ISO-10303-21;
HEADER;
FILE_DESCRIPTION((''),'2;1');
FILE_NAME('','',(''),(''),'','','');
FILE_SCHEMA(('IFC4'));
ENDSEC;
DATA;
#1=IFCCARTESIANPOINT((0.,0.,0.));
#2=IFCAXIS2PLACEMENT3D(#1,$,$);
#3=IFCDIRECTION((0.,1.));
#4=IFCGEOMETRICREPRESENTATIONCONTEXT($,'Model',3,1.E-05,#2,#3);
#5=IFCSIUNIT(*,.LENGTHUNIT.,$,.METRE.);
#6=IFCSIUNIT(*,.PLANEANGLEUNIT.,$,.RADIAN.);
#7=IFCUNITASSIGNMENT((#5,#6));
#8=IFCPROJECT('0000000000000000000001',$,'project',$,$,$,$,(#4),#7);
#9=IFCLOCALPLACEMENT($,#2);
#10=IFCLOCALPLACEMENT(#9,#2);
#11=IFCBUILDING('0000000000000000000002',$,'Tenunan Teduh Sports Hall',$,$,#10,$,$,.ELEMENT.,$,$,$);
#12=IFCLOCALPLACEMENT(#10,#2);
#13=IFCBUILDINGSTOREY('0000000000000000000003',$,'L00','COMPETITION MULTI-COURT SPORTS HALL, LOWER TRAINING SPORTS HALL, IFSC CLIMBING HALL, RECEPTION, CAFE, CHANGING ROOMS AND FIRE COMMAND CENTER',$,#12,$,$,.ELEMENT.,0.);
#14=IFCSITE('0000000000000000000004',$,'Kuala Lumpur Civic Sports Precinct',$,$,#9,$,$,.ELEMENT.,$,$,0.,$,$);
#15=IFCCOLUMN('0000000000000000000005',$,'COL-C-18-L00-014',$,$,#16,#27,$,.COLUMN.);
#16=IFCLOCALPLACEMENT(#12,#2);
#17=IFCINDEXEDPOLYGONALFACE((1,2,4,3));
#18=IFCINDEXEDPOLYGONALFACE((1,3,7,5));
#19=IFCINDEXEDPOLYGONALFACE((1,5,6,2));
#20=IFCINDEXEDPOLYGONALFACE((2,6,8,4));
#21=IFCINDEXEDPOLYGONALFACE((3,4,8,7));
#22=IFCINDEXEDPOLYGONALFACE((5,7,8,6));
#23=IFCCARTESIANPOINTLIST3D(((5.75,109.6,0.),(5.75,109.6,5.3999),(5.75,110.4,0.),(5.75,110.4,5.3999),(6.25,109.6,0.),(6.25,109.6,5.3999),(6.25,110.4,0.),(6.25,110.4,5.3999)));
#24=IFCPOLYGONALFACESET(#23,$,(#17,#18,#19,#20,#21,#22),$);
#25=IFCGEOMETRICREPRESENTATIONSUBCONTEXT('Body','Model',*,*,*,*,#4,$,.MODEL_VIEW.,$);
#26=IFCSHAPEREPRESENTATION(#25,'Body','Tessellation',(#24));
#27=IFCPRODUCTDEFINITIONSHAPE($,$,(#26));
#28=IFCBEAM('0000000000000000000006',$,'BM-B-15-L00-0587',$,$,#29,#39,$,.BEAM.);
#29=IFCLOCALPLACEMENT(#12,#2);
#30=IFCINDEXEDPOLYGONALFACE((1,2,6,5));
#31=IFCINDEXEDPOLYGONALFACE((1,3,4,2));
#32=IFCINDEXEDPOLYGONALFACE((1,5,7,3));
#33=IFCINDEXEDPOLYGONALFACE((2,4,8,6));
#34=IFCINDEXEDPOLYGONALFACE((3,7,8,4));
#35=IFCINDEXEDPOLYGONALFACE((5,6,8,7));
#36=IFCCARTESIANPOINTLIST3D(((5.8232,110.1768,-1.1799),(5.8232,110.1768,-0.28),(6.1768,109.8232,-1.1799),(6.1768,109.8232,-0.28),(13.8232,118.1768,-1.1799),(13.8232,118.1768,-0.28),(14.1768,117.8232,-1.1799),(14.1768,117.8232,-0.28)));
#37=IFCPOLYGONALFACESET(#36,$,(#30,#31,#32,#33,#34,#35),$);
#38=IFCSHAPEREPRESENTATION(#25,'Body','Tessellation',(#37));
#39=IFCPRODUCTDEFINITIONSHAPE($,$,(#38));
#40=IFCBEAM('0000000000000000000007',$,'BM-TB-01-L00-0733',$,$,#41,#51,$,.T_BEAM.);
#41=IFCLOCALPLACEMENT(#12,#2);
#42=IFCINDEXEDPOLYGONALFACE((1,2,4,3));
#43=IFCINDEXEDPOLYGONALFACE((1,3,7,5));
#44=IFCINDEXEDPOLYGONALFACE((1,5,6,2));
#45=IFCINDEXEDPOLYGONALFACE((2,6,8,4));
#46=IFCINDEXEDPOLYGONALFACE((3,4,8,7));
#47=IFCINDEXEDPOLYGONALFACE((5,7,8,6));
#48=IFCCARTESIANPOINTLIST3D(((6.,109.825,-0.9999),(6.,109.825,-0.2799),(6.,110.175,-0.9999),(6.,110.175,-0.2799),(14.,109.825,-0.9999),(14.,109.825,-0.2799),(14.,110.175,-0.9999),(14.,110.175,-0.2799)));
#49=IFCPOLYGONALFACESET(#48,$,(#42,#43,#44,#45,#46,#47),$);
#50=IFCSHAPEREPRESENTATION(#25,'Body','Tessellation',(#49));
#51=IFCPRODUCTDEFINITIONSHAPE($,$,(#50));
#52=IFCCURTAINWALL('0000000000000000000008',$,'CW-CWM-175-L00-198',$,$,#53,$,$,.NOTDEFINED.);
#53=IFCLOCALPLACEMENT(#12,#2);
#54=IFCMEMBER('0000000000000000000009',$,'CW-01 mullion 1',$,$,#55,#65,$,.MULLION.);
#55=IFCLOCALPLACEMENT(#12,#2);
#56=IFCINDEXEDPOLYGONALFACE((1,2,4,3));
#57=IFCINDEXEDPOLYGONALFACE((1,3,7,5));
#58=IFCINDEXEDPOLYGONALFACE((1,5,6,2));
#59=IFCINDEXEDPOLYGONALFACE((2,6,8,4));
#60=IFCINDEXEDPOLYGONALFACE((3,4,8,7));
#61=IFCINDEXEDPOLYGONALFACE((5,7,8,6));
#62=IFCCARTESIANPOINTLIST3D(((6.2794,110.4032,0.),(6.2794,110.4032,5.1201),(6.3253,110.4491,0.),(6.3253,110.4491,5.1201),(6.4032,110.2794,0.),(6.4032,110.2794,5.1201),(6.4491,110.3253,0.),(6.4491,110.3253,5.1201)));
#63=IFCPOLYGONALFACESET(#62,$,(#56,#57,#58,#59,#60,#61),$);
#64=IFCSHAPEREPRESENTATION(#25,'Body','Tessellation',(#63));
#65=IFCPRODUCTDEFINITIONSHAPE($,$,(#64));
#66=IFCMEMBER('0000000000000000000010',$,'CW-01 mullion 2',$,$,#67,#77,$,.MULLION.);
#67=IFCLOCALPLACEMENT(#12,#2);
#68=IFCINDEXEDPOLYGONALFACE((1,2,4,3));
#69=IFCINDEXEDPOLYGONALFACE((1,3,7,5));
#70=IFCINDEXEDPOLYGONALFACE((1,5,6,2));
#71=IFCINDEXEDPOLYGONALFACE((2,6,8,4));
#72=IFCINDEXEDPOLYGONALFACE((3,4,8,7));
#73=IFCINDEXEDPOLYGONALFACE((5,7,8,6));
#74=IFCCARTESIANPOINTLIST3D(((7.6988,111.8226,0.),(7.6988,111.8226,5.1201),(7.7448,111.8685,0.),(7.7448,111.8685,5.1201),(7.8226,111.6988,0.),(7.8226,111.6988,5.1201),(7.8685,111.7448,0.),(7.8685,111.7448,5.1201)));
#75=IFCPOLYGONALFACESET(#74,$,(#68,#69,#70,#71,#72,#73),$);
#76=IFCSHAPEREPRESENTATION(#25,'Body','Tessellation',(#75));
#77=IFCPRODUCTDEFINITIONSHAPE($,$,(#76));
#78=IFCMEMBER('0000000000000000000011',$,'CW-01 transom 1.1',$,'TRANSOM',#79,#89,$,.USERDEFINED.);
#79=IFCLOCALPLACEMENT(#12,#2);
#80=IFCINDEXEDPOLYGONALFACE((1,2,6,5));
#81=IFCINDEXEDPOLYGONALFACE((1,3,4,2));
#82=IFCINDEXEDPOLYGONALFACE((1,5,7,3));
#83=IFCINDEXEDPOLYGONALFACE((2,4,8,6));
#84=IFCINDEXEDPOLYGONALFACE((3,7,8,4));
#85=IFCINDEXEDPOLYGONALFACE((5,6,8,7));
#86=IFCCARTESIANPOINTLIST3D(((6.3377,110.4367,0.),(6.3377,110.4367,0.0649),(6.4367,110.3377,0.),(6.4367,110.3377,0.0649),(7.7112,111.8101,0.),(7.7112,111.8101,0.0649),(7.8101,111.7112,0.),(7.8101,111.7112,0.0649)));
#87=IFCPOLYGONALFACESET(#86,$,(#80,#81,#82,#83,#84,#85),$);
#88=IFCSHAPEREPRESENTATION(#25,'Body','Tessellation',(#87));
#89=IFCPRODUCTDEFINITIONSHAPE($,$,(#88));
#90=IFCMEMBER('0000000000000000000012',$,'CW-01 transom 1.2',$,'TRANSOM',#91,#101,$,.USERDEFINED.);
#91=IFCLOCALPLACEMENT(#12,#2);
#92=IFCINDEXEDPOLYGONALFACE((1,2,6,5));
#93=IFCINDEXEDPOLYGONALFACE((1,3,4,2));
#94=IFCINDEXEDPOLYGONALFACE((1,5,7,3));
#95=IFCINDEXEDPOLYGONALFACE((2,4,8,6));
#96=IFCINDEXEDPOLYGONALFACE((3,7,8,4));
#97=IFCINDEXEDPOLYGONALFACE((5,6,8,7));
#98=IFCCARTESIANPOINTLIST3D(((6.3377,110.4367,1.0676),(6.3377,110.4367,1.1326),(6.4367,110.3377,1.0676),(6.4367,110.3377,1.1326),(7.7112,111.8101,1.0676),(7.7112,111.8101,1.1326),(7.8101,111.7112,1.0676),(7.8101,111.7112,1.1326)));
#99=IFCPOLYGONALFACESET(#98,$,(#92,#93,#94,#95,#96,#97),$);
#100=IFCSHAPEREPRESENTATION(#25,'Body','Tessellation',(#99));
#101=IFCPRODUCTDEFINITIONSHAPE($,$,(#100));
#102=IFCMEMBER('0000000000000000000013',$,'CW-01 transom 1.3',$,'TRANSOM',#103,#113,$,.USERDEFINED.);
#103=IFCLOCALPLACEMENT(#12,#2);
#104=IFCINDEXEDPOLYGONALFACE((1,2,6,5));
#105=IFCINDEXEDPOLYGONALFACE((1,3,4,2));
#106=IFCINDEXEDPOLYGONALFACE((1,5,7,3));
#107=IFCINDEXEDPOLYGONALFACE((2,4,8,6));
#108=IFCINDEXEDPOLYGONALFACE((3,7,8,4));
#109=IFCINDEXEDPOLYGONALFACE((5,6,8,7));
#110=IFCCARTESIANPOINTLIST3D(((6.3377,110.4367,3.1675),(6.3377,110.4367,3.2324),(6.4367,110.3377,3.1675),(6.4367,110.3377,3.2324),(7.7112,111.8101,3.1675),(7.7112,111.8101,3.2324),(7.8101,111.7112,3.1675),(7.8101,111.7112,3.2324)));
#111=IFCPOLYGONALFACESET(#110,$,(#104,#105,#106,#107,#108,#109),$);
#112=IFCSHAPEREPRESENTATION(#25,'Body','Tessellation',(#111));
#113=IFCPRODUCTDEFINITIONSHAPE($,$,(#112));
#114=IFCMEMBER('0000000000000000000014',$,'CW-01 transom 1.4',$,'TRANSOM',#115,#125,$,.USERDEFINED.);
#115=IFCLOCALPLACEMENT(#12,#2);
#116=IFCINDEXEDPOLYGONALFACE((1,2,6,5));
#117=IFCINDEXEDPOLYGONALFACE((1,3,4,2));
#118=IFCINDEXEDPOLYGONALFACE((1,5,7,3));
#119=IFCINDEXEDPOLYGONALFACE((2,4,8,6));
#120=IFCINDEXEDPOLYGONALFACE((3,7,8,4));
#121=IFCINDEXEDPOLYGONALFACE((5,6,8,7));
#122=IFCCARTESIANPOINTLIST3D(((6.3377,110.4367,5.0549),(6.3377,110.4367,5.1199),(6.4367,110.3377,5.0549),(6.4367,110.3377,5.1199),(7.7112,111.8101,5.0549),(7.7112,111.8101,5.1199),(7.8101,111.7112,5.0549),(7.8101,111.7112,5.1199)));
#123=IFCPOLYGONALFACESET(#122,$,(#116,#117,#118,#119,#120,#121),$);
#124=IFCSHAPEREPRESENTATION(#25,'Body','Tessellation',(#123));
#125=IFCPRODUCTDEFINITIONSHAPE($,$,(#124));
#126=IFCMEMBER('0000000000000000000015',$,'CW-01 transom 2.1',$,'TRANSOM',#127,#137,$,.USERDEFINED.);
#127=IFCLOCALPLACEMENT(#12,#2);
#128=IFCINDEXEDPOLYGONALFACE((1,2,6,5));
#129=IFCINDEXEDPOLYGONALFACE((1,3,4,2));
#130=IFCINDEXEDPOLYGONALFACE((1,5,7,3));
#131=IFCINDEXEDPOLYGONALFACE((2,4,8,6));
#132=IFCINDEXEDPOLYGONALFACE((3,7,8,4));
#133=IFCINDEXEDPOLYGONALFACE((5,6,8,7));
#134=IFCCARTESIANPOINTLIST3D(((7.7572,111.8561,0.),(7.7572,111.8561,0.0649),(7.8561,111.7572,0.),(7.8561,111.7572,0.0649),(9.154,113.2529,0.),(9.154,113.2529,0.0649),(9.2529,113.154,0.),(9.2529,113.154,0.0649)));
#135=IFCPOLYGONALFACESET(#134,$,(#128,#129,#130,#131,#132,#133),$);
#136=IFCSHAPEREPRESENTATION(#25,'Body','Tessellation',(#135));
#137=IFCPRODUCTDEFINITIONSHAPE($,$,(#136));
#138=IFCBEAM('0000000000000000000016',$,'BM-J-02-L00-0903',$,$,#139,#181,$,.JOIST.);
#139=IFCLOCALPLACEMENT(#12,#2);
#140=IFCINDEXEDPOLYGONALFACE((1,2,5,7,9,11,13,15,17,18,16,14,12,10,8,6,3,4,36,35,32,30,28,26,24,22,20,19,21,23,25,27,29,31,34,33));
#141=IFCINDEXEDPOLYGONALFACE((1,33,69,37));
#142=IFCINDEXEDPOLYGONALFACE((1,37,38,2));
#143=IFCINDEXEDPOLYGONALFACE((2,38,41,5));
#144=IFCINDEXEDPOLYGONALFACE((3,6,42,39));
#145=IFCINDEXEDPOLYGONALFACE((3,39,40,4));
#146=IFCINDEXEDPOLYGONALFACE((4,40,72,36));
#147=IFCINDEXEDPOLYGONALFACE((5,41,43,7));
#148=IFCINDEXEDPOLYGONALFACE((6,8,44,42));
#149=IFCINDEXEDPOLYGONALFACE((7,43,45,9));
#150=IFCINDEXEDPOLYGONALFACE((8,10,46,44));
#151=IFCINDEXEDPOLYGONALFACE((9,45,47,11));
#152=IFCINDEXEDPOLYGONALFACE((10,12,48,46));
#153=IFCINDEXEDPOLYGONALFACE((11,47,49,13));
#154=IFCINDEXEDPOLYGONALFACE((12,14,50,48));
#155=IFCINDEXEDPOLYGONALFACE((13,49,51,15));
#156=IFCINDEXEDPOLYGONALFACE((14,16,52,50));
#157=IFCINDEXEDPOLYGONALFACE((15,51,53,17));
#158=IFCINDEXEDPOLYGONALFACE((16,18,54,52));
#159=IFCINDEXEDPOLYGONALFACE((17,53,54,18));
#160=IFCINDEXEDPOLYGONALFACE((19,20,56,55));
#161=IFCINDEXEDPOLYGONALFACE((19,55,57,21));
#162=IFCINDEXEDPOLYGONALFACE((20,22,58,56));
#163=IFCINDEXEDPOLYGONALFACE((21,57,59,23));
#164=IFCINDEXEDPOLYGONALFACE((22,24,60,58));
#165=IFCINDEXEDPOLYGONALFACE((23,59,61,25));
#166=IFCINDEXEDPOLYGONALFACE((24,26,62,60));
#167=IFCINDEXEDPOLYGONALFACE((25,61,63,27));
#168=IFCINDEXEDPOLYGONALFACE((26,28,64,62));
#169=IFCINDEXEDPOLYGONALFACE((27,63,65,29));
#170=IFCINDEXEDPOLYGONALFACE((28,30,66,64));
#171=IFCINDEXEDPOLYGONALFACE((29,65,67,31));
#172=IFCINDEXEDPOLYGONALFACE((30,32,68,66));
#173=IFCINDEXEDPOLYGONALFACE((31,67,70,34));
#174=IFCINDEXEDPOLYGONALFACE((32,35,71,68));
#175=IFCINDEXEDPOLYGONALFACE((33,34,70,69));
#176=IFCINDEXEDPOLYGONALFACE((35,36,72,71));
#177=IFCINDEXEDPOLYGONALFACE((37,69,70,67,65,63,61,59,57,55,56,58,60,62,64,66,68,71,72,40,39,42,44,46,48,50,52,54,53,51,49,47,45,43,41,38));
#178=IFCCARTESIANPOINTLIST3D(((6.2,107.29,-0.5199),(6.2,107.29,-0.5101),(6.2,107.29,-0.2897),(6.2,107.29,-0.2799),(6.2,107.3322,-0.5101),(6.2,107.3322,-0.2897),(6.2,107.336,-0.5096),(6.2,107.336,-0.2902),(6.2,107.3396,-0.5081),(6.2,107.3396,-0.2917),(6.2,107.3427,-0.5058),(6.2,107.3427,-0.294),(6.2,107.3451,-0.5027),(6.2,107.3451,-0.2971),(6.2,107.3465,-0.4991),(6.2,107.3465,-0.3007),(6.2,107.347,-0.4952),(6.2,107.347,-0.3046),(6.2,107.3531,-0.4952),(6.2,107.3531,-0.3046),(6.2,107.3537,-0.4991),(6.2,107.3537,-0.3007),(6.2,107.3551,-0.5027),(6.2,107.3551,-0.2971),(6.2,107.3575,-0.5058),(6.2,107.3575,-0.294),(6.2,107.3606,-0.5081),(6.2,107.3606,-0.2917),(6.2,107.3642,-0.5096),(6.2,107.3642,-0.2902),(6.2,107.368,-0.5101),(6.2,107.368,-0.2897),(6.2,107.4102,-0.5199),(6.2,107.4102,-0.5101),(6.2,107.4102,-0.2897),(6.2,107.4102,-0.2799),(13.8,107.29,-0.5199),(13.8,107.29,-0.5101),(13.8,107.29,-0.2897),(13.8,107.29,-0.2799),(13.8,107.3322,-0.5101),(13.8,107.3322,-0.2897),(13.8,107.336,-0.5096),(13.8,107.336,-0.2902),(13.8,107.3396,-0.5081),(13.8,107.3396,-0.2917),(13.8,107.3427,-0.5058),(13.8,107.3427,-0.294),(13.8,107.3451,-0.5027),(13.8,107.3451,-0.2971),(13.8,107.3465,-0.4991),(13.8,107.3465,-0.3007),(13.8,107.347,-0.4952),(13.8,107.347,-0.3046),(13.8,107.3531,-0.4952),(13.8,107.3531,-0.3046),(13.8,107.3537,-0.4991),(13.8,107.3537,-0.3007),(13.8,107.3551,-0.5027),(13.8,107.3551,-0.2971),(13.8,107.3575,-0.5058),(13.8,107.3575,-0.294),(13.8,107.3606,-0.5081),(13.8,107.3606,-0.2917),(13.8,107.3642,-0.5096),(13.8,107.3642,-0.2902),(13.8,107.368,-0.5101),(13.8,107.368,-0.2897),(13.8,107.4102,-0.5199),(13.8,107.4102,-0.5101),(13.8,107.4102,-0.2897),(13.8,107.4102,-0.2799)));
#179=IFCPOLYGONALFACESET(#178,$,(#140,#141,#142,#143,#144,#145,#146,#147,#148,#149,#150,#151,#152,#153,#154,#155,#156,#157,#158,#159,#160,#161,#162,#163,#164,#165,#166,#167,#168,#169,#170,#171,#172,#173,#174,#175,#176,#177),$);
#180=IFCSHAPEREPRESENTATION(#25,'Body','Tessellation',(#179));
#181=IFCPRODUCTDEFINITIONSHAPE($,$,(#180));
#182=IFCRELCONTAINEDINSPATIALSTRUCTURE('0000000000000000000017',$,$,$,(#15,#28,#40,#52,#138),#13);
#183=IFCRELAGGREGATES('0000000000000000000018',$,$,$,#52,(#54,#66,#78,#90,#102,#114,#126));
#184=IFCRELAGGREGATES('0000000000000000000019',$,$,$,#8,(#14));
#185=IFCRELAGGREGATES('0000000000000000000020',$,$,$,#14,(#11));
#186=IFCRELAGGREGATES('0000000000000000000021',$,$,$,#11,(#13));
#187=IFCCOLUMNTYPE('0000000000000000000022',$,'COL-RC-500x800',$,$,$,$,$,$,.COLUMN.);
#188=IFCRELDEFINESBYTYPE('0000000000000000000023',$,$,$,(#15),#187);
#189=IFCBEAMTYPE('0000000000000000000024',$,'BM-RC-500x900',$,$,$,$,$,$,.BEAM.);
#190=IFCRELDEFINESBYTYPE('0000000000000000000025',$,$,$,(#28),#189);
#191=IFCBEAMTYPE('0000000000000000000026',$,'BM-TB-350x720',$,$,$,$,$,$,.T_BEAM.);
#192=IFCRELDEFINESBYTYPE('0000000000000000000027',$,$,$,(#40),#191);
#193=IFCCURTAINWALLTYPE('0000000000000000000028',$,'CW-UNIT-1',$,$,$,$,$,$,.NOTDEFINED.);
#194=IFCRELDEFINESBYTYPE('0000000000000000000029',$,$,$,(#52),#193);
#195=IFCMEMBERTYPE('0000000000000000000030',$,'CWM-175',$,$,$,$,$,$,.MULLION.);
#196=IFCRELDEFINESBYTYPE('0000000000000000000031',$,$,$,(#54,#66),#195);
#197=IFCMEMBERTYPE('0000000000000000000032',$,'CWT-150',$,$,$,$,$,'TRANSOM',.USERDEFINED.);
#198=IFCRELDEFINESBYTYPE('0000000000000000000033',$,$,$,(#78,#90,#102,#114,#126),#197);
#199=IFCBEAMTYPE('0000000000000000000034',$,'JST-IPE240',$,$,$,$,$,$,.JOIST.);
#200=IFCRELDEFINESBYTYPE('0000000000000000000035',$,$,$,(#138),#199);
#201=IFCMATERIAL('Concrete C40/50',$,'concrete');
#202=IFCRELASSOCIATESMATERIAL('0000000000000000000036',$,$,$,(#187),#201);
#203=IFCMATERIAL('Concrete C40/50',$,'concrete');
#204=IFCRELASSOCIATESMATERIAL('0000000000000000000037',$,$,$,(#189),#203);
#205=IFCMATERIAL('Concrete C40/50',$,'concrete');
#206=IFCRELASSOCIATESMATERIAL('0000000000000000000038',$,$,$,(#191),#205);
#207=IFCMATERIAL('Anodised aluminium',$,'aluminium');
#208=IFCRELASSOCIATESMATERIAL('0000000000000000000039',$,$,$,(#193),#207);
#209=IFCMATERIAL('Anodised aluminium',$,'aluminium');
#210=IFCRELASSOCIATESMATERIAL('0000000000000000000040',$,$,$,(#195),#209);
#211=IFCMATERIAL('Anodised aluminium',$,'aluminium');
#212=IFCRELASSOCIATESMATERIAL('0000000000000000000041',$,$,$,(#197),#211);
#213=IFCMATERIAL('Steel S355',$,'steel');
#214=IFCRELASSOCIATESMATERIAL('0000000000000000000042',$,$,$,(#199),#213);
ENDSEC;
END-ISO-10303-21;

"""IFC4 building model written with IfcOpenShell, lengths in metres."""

from ifc_helpers import new_model, si_unit, direction, frame, origin, origin_2d, place, context, subcontext, project, spatial, rectangle, i_section, extrude, material, material_profile, profile_set, type_object, element, aggregate, save


model = new_model("IFC4")

# Units and contexts
model_context = context("Model", 3, precision=1e-05, world=origin(), true_north=direction((0.0, 1.0)))
body_context = subcontext(model_context, "Body", "Model", "MODEL_VIEW")
ifc_project = project(units=[si_unit("LENGTHUNIT", "METRE"), si_unit("PLANEANGLEUNIT", "RADIAN")], contexts=[model_context])

# Site, building, storey
site_placement = place(None, origin())
site = spatial("IfcSite", under=ifc_project, at=site_placement, Name="Kuala Lumpur Civic Sports Precinct", CompositionType="ELEMENT", RefElevation=0.0)
building_placement = place(site_placement, origin())
building = spatial("IfcBuilding", under=site, at=building_placement, Name="Tenunan Teduh Sports Hall", CompositionType="ELEMENT")
storey_placement = place(building_placement, origin())
storey = spatial("IfcBuildingStorey", under=building, at=storey_placement, Name="L00", Description="COMPETITION MULTI-COURT SPORTS HALL, LOWER TRAINING SPORTS HALL, IFSC CLIMBING HALL, RECEPTION, CAFE, CHANGING ROOMS AND FIRE COMMAND CENTER", CompositionType="ELEMENT", Elevation=0.0)

# Column
ifc_material_1 = material(Name="Concrete C40/50", Category="concrete")
ifc_material_profile_1 = material_profile(ifc_material_1, rectangle(XDim=0.5, YDim=0.8, at=origin_2d()), Name="RC 500x800")
ifc_profile_set_1 = profile_set([ifc_material_profile_1], Name="Concrete C40/50")
column_type = type_object("IfcColumnType", Name="COL-RC-500x800", PredefinedType="COLUMN", material=ifc_profile_set_1)
column_placement = place(storey_placement, frame((6.0, 110.0, 0.0), z_axis=(0.0, 0.0, 1.0), x_axis=(1.0, 0.0, 0.0)))
element("IfcColumn", 1, at=column_placement, inside=storey, type_object=column_type, Name="COL-C-18-L00-014", PredefinedType="COLUMN", context=body_context, shape_type="SweptSolid", body=[
    extrude(rectangle(XDim=0.5, YDim=0.8, at=origin_2d()), origin(), (0.0, 0.0, 1.0), 5.3999),
])

# Beams
ifc_material_2 = material(Name="Concrete C40/50", Category="concrete")
ifc_material_profile_2 = material_profile(ifc_material_2, rectangle(XDim=0.5, YDim=0.8999, at=origin_2d()), Name="RCB 500x900")
ifc_profile_set_2 = profile_set([ifc_material_profile_2], Name="Concrete C40/50")
beam_type_1 = type_object("IfcBeamType", Name="BM-RC-500x900", PredefinedType="BEAM", material=ifc_profile_set_2)
beam_1_placement = place(storey_placement, frame((6.0, 110.0, -0.73), z_axis=(0.707107, 0.707107, 0.0), x_axis=(-0.707107, 0.707107, 0.0)))
element("IfcBeam", 2, at=beam_1_placement, inside=storey, type_object=beam_type_1, Name="BM-B-15-L00-0587", PredefinedType="BEAM", context=body_context, shape_type="SweptSolid", body=[
    extrude(rectangle(XDim=0.5, YDim=0.8999, at=origin_2d()), origin(), (0.0, 0.0, 1.0), 11.3137),
])
ifc_material_3 = material(Name="Concrete C40/50", Category="concrete")
ifc_material_profile_3 = material_profile(ifc_material_3, rectangle(XDim=0.3501, YDim=0.72, at=origin_2d()), Name="TB 350x720")
ifc_profile_set_3 = profile_set([ifc_material_profile_3], Name="Concrete C40/50")
beam_type_2 = type_object("IfcBeamType", Name="BM-TB-350x720", PredefinedType="T_BEAM", material=ifc_profile_set_3)
beam_2_placement = place(storey_placement, frame((6.0, 110.0, -0.6399), z_axis=(1.0, 0.0, 0.0), x_axis=(0.0, 1.0, 0.0)))
element("IfcBeam", 3, at=beam_2_placement, inside=storey, type_object=beam_type_2, Name="BM-TB-01-L00-0733", PredefinedType="T_BEAM", context=body_context, shape_type="SweptSolid", body=[
    extrude(rectangle(XDim=0.3501, YDim=0.72, at=origin_2d()), origin(), (0.0, 0.0, 1.0), 8.0),
])

# Curtain wall, members
ifc_material_4 = material(Name="Anodised aluminium", Category="aluminium")
curtain_wall_type = type_object("IfcCurtainWallType", Name="CW-UNIT-1", PredefinedType="NOTDEFINED", material=ifc_material_4)
curtain_wall_placement = place(storey_placement, origin())
curtain_wall = element("IfcCurtainWall", 4, at=curtain_wall_placement, inside=storey, type_object=curtain_wall_type, Name="CW-CWM-175-L00-198", PredefinedType="NOTDEFINED")
ifc_material_5 = material(Name="Anodised aluminium", Category="aluminium")
ifc_material_profile_4 = material_profile(ifc_material_5, rectangle(XDim=0.0649, YDim=0.175, at=origin_2d()), Name="CWM 65x175")
ifc_profile_set_4 = profile_set([ifc_material_profile_4], Name="Anodised aluminium")
member_type_1 = type_object("IfcMemberType", Name="CWM-175", PredefinedType="MULLION", material=ifc_profile_set_4)
member_1_placement = place(storey_placement, frame((6.3643, 110.3643, 0.0), z_axis=(0.0, 0.0, 1.0), x_axis=(0.707117, 0.707097, 0.0)))
member_1 = element("IfcMember", 5, at=member_1_placement, type_object=member_type_1, Name="CW-01 mullion 1", PredefinedType="MULLION", context=body_context, shape_type="SweptSolid", body=[
    extrude(rectangle(XDim=0.0649, YDim=0.175, at=origin_2d()), origin(), (0.0, 0.0, 1.0), 5.1201),
])
member_2_placement = place(storey_placement, frame((7.7837, 111.7837, 0.0), z_axis=(0.0, 0.0, 1.0), x_axis=(0.707117, 0.707097, 0.0)))
member_2 = element("IfcMember", 6, at=member_2_placement, type_object=member_type_1, Name="CW-01 mullion 2", PredefinedType="MULLION", context=body_context, shape_type="SweptSolid", body=[
    extrude(rectangle(XDim=0.0649, YDim=0.175, at=origin_2d()), origin(), (0.0, 0.0, 1.0), 5.1201),
])
ifc_material_6 = material(Name="Anodised aluminium", Category="aluminium")
ifc_material_profile_5 = material_profile(ifc_material_6, rectangle(XDim=0.0649, YDim=0.1399, at=origin_2d()), Name="CWT 65x140")
ifc_profile_set_5 = profile_set([ifc_material_profile_5], Name="Anodised aluminium")
member_type_2 = type_object("IfcMemberType", Name="CWT-150", ElementType="TRANSOM", PredefinedType="USERDEFINED", material=ifc_profile_set_5)
member_3_placement = place(storey_placement, frame((6.3872, 110.3872, 0.0325), z_axis=(0.707107, 0.707107, 0.0), x_axis=(0.0, 0.0, 1.0)))
member_3 = element("IfcMember", 7, at=member_3_placement, type_object=member_type_2, Name="CW-01 transom 1.1", ObjectType="TRANSOM", PredefinedType="USERDEFINED", context=body_context, shape_type="SweptSolid", body=[
    extrude(rectangle(XDim=0.0649, YDim=0.1399, at=origin_2d()), origin(), (0.0, 0.0, 1.0), 1.9424),
])
member_4_placement = place(storey_placement, frame((6.3872, 110.3872, 1.1001), z_axis=(0.707107, 0.707107, 0.0), x_axis=(0.0, 0.0, 1.0)))
member_4 = element("IfcMember", 8, at=member_4_placement, type_object=member_type_2, Name="CW-01 transom 1.2", ObjectType="TRANSOM", PredefinedType="USERDEFINED", context=body_context, shape_type="SweptSolid", body=[
    extrude(rectangle(XDim=0.0649, YDim=0.1399, at=origin_2d()), origin(), (0.0, 0.0, 1.0), 1.9424),
])
member_5_placement = place(storey_placement, frame((6.3872, 110.3872, 3.2), z_axis=(0.707107, 0.707107, 0.0), x_axis=(0.0, 0.0, 1.0)))
member_5 = element("IfcMember", 9, at=member_5_placement, type_object=member_type_2, Name="CW-01 transom 1.3", ObjectType="TRANSOM", PredefinedType="USERDEFINED", context=body_context, shape_type="SweptSolid", body=[
    extrude(rectangle(XDim=0.0649, YDim=0.1399, at=origin_2d()), origin(), (0.0, 0.0, 1.0), 1.9424),
])
member_6_placement = place(storey_placement, frame((6.3872, 110.3872, 5.0874), z_axis=(0.707107, 0.707107, 0.0), x_axis=(0.0, 0.0, 1.0)))
member_6 = element("IfcMember", 10, at=member_6_placement, type_object=member_type_2, Name="CW-01 transom 1.4", ObjectType="TRANSOM", PredefinedType="USERDEFINED", context=body_context, shape_type="SweptSolid", body=[
    extrude(rectangle(XDim=0.0649, YDim=0.1399, at=origin_2d()), origin(), (0.0, 0.0, 1.0), 1.9424),
])
member_7_placement = place(storey_placement, frame((7.8066, 111.8066, 0.0325), z_axis=(0.707107, 0.707107, 0.0), x_axis=(0.0, 0.0, 1.0)))
member_7 = element("IfcMember", 11, at=member_7_placement, type_object=member_type_2, Name="CW-01 transom 2.1", ObjectType="TRANSOM", PredefinedType="USERDEFINED", context=body_context, shape_type="SweptSolid", body=[
    extrude(rectangle(XDim=0.0649, YDim=0.1399, at=origin_2d()), origin(), (0.0, 0.0, 1.0), 1.9753),
])

# Beam
ifc_material_7 = material(Name="Steel S355", Category="steel")
ifc_material_profile_6 = material_profile(ifc_material_7, i_section(OverallWidth=0.1201, OverallDepth=0.24, WebThickness=0.0061, FlangeThickness=0.0098, FilletRadius=0.0149, at=origin_2d()), Name="IPE 240")
ifc_profile_set_6 = profile_set([ifc_material_profile_6], Name="Steel S355")
beam_type_3 = type_object("IfcBeamType", Name="JST-IPE240", PredefinedType="JOIST", material=ifc_profile_set_6)
beam_3_placement = place(storey_placement, frame((6.2, 107.3501, -0.3999), z_axis=(1.0, 0.0, 0.0), x_axis=(0.0, 1.0, 0.0)))
element("IfcBeam", 12, at=beam_3_placement, inside=storey, type_object=beam_type_3, Name="BM-J-02-L00-0903", PredefinedType="JOIST", context=body_context, shape_type="SweptSolid", body=[
    extrude(i_section(OverallWidth=0.1201, OverallDepth=0.24, WebThickness=0.0061, FlangeThickness=0.0098, FilletRadius=0.0149, at=origin_2d()), origin(), (0.0, 0.0, 1.0), 7.6001),
])

aggregate(curtain_wall, [member_1, member_2, member_3, member_4, member_5, member_6, member_7])

save(model, "model.ifc")
